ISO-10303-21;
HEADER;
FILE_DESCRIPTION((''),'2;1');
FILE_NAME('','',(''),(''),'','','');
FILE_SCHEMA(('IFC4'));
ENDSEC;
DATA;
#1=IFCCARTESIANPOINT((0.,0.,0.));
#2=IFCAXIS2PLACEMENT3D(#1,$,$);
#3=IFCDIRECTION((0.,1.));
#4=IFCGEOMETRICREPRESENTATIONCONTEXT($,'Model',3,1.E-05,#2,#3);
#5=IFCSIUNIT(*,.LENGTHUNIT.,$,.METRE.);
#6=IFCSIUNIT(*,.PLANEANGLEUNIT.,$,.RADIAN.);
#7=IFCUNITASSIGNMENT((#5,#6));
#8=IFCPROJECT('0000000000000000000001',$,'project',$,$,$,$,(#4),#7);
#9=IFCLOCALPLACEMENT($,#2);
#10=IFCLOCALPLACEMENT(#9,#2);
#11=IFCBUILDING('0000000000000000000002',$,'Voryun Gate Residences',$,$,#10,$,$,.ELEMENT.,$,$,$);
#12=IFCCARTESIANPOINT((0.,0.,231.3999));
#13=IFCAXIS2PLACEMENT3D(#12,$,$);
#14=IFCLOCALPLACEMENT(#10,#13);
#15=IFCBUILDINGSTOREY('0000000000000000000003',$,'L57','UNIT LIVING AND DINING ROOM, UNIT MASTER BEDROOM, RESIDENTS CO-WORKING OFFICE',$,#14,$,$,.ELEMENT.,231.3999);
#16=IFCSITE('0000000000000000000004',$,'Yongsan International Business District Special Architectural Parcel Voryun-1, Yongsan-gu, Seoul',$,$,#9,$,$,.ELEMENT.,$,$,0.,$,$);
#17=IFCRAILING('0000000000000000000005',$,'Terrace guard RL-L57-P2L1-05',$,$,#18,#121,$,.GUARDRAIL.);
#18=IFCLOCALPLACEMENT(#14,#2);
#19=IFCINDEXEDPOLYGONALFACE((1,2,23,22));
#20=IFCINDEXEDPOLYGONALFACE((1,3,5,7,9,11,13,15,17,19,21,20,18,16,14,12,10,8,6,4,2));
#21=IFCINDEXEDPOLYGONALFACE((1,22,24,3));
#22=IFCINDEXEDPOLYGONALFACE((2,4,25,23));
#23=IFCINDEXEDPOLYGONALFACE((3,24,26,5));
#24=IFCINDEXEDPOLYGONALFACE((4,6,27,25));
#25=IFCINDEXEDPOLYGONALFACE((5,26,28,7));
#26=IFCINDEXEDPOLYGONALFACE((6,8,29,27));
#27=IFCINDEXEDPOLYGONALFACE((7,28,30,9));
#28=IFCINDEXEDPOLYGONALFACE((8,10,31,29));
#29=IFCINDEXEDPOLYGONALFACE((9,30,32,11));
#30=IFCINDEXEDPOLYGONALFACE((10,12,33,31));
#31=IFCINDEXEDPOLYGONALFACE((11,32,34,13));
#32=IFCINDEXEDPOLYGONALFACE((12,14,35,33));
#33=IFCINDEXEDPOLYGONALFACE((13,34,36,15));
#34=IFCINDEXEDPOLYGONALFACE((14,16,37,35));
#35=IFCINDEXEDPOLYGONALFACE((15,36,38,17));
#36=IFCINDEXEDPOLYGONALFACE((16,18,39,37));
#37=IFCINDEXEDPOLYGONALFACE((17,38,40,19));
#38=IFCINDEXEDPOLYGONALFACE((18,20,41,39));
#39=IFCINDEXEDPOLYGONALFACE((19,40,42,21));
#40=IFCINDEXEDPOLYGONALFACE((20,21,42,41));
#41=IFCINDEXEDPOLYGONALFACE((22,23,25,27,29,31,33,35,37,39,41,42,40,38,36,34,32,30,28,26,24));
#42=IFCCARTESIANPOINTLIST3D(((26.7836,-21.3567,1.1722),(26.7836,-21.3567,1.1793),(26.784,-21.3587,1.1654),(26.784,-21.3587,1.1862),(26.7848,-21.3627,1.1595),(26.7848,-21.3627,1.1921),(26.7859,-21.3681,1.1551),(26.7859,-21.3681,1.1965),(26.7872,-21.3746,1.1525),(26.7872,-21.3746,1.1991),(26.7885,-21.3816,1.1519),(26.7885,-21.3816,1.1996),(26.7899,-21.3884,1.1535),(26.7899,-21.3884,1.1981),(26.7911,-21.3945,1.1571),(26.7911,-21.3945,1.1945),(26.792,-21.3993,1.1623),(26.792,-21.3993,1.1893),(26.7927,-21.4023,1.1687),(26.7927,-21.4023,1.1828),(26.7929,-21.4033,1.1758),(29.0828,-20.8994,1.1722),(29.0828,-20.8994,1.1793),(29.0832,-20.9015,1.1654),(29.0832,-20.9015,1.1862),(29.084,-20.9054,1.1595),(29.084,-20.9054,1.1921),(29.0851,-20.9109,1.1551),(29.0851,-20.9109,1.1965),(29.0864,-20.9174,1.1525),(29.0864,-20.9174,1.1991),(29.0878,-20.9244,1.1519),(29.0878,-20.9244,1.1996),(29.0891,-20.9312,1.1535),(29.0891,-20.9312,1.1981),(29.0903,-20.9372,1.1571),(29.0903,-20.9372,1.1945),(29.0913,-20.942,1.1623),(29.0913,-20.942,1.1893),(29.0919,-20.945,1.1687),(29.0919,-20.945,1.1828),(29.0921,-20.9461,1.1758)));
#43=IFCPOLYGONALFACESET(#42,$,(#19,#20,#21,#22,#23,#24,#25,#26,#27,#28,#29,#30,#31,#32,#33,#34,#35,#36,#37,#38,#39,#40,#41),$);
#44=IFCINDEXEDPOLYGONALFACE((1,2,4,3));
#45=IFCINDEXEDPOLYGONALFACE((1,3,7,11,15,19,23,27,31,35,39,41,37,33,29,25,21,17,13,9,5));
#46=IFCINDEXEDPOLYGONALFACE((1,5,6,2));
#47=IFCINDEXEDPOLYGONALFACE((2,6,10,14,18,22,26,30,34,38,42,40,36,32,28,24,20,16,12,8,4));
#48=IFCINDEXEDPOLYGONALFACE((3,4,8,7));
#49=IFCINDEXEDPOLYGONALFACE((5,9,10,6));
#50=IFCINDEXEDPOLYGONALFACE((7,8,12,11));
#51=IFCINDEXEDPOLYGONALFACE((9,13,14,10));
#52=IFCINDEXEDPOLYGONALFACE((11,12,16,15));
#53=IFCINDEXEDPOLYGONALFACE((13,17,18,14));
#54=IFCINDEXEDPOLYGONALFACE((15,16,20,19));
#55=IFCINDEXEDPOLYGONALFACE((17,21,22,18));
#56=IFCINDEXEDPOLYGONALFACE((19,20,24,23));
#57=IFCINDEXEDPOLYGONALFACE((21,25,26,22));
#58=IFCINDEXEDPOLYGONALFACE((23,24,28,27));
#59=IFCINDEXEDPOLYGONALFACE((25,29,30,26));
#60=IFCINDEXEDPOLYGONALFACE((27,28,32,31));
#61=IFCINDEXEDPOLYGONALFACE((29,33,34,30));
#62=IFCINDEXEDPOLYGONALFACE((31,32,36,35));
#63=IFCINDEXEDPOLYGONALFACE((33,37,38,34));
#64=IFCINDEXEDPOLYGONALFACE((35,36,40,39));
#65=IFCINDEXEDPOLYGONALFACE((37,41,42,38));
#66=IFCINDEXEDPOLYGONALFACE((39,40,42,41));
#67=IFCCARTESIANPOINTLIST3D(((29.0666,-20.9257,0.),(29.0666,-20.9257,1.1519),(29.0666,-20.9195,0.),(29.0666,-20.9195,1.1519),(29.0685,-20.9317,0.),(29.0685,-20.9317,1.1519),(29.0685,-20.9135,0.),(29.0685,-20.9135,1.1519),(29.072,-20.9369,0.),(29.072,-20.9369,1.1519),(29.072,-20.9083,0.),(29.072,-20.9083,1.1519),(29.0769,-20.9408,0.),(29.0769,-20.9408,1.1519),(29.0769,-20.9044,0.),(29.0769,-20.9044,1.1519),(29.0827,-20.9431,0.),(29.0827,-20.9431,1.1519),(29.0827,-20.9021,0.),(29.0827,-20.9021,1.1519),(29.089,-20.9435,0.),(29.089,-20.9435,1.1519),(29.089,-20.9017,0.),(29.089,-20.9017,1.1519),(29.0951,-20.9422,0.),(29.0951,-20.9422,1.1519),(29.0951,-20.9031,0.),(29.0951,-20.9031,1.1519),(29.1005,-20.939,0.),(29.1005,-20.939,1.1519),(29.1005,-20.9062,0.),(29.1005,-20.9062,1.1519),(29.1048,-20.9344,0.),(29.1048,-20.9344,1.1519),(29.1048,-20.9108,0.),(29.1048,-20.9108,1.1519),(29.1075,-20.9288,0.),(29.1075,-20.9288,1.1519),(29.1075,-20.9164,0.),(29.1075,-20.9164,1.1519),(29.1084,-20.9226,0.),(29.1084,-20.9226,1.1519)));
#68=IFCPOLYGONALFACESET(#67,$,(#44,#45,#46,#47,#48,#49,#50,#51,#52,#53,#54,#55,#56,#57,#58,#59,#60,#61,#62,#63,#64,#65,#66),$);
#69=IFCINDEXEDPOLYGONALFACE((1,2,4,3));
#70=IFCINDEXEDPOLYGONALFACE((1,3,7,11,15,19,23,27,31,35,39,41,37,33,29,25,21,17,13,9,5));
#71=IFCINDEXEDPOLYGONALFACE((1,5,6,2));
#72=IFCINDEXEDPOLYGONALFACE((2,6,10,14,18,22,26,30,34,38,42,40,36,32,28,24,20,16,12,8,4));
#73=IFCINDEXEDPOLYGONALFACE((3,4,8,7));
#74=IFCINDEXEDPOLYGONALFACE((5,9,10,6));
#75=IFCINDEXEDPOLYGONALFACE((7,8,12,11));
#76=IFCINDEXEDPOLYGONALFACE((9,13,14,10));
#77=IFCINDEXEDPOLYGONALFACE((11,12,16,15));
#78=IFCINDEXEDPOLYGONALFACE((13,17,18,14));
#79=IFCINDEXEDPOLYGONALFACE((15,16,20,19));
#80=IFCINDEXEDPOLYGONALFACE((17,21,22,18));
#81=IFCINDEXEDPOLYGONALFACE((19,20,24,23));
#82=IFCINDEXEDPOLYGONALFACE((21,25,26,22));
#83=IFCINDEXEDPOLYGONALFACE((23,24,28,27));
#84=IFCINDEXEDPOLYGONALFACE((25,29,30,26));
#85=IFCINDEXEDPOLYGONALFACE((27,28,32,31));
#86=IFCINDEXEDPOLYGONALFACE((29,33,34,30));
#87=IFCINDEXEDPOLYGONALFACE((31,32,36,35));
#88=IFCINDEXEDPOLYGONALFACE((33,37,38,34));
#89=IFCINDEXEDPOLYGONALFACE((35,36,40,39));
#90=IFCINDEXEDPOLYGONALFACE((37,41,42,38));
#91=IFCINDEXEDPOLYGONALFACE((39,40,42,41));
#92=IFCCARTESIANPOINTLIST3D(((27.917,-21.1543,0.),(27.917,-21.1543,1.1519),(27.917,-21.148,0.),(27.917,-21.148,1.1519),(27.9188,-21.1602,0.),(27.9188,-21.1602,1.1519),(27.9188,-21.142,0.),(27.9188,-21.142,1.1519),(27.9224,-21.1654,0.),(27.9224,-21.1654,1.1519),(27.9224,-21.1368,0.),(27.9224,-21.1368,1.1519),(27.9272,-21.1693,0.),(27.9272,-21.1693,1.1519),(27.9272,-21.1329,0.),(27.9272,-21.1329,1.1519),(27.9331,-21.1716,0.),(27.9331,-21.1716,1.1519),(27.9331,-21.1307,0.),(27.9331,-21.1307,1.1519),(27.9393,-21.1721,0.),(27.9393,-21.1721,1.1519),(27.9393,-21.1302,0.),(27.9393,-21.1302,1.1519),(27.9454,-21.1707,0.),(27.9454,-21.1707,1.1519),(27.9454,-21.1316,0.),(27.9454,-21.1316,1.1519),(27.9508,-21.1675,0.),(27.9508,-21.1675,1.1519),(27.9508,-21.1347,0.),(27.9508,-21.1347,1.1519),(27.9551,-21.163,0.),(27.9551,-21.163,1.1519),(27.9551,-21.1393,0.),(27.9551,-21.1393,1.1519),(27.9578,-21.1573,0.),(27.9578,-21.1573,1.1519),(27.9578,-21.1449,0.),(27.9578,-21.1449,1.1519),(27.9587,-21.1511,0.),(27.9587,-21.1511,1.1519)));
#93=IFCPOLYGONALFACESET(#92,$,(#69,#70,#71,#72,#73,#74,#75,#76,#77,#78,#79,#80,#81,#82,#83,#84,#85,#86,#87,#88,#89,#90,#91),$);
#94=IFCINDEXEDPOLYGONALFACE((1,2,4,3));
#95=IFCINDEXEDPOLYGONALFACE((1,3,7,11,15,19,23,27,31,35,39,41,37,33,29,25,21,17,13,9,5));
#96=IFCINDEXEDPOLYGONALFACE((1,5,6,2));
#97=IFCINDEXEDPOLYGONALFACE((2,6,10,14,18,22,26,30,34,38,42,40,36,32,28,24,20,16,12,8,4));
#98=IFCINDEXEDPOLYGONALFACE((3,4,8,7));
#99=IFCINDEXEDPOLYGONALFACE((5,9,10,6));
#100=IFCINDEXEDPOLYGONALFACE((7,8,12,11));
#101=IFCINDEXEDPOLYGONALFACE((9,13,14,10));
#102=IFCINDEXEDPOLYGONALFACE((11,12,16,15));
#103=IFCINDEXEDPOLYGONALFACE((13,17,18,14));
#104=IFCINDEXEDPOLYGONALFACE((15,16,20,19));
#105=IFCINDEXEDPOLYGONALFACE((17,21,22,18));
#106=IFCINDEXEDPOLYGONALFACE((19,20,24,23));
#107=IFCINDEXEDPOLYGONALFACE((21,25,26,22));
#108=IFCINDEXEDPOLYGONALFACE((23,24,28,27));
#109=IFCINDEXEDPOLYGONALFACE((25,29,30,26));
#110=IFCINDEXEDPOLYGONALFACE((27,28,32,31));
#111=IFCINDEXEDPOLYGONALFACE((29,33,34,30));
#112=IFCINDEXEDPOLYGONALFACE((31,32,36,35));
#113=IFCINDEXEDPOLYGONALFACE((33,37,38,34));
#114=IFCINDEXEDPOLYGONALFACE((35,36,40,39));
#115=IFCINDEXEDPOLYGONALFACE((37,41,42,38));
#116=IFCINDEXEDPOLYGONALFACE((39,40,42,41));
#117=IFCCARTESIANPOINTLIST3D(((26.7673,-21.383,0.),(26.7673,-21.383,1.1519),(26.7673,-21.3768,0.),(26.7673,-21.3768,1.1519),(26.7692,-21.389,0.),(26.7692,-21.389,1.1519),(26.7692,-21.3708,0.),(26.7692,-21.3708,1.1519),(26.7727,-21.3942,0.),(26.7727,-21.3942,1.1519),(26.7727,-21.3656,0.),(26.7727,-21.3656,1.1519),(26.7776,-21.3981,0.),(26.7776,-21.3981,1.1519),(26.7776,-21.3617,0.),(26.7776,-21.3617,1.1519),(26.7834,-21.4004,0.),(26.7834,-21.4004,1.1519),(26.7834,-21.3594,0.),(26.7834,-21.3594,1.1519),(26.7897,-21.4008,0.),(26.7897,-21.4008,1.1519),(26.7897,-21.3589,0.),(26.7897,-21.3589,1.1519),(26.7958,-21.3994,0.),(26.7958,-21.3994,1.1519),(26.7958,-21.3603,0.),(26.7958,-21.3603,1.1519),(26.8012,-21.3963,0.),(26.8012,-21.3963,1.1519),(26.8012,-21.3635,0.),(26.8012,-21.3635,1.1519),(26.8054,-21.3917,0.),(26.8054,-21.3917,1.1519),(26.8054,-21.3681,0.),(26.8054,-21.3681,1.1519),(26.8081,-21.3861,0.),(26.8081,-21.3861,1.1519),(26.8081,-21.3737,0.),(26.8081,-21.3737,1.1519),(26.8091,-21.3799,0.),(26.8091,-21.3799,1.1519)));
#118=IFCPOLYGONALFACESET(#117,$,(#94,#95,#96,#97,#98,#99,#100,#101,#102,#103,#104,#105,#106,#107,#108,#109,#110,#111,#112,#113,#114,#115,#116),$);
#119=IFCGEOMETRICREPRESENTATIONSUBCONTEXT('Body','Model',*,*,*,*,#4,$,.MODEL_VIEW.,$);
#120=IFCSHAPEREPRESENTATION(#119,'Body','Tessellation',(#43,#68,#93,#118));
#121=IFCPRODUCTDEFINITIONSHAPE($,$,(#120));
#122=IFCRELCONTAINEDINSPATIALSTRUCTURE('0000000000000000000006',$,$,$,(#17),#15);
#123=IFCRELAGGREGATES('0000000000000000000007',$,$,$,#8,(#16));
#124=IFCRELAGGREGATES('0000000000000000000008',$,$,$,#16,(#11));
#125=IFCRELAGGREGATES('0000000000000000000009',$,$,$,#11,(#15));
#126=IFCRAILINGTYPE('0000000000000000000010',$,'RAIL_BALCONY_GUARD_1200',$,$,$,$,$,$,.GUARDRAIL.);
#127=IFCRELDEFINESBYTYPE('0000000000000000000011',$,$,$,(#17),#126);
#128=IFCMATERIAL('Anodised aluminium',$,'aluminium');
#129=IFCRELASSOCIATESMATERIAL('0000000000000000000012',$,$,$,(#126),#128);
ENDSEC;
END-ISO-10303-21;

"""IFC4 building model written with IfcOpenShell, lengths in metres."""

from ifc_helpers import new_model, si_unit, direction, frame, origin, origin_2d, place, context, subcontext, project, spatial, circle, extrude, material, type_object, element, save


model = new_model("IFC4")

# Units and contexts
model_context = context("Model", 3, precision=1e-05, world=origin(), true_north=direction((0.0, 1.0)))
body_context = subcontext(model_context, "Body", "Model", "MODEL_VIEW")
ifc_project = project(units=[si_unit("LENGTHUNIT", "METRE"), si_unit("PLANEANGLEUNIT", "RADIAN")], contexts=[model_context])

# Site, building, storey
site_placement = place(None, origin())
site = spatial("IfcSite", under=ifc_project, at=site_placement, Name="Yongsan International Business District Special Architectural Parcel Voryun-1, Yongsan-gu, Seoul", CompositionType="ELEMENT", RefElevation=0.0)
building_placement = place(site_placement, origin())
building = spatial("IfcBuilding", under=site, at=building_placement, Name="Voryun Gate Residences", CompositionType="ELEMENT")
storey_placement = place(building_placement, frame((0.0, 0.0, 231.3999)))
storey = spatial("IfcBuildingStorey", under=building, at=storey_placement, Name="L57", Description="UNIT LIVING AND DINING ROOM, UNIT MASTER BEDROOM, RESIDENTS CO-WORKING OFFICE", CompositionType="ELEMENT", Elevation=231.3999)

# Railing
ifc_material_1 = material(Name="Anodised aluminium", Category="aluminium")
railing_type = type_object("IfcRailingType", Name="RAIL_BALCONY_GUARD_1200", PredefinedType="GUARDRAIL", material=ifc_material_1)
railing_1_placement = place(storey_placement, frame((29.0874, -20.9226, 0.0)))
element("IfcRailing", 1, at=railing_1_placement, inside=storey, type_object=railing_type, Name="Terrace guard RL-L57-P2L1-05", PredefinedType="GUARDRAIL", context=body_context, shape_type="SweptSolid", body=[
    extrude(circle(Radius=0.0239, at=origin_2d()), frame((0.0, 0.0, 1.1758), z_axis=(-0.980792, -0.195055, 0.0), x_axis=(0.195055, -0.980792, 0.0)), (0.0, 0.0, 1.0), 2.3442),
    extrude(circle(Radius=0.021, at=origin_2d()), origin(), (0.0, 0.0, 1.0), 1.1519),
    extrude(circle(Radius=0.021, at=origin_2d()), frame((-1.1497, -0.2285, 0.0)), (0.0, 0.0, 1.0), 1.1519),
    extrude(circle(Radius=0.021, at=origin_2d()), frame((-2.2993, -0.4573, 0.0)), (0.0, 0.0, 1.0), 1.1519),
])

save(model, "model.ifc")
